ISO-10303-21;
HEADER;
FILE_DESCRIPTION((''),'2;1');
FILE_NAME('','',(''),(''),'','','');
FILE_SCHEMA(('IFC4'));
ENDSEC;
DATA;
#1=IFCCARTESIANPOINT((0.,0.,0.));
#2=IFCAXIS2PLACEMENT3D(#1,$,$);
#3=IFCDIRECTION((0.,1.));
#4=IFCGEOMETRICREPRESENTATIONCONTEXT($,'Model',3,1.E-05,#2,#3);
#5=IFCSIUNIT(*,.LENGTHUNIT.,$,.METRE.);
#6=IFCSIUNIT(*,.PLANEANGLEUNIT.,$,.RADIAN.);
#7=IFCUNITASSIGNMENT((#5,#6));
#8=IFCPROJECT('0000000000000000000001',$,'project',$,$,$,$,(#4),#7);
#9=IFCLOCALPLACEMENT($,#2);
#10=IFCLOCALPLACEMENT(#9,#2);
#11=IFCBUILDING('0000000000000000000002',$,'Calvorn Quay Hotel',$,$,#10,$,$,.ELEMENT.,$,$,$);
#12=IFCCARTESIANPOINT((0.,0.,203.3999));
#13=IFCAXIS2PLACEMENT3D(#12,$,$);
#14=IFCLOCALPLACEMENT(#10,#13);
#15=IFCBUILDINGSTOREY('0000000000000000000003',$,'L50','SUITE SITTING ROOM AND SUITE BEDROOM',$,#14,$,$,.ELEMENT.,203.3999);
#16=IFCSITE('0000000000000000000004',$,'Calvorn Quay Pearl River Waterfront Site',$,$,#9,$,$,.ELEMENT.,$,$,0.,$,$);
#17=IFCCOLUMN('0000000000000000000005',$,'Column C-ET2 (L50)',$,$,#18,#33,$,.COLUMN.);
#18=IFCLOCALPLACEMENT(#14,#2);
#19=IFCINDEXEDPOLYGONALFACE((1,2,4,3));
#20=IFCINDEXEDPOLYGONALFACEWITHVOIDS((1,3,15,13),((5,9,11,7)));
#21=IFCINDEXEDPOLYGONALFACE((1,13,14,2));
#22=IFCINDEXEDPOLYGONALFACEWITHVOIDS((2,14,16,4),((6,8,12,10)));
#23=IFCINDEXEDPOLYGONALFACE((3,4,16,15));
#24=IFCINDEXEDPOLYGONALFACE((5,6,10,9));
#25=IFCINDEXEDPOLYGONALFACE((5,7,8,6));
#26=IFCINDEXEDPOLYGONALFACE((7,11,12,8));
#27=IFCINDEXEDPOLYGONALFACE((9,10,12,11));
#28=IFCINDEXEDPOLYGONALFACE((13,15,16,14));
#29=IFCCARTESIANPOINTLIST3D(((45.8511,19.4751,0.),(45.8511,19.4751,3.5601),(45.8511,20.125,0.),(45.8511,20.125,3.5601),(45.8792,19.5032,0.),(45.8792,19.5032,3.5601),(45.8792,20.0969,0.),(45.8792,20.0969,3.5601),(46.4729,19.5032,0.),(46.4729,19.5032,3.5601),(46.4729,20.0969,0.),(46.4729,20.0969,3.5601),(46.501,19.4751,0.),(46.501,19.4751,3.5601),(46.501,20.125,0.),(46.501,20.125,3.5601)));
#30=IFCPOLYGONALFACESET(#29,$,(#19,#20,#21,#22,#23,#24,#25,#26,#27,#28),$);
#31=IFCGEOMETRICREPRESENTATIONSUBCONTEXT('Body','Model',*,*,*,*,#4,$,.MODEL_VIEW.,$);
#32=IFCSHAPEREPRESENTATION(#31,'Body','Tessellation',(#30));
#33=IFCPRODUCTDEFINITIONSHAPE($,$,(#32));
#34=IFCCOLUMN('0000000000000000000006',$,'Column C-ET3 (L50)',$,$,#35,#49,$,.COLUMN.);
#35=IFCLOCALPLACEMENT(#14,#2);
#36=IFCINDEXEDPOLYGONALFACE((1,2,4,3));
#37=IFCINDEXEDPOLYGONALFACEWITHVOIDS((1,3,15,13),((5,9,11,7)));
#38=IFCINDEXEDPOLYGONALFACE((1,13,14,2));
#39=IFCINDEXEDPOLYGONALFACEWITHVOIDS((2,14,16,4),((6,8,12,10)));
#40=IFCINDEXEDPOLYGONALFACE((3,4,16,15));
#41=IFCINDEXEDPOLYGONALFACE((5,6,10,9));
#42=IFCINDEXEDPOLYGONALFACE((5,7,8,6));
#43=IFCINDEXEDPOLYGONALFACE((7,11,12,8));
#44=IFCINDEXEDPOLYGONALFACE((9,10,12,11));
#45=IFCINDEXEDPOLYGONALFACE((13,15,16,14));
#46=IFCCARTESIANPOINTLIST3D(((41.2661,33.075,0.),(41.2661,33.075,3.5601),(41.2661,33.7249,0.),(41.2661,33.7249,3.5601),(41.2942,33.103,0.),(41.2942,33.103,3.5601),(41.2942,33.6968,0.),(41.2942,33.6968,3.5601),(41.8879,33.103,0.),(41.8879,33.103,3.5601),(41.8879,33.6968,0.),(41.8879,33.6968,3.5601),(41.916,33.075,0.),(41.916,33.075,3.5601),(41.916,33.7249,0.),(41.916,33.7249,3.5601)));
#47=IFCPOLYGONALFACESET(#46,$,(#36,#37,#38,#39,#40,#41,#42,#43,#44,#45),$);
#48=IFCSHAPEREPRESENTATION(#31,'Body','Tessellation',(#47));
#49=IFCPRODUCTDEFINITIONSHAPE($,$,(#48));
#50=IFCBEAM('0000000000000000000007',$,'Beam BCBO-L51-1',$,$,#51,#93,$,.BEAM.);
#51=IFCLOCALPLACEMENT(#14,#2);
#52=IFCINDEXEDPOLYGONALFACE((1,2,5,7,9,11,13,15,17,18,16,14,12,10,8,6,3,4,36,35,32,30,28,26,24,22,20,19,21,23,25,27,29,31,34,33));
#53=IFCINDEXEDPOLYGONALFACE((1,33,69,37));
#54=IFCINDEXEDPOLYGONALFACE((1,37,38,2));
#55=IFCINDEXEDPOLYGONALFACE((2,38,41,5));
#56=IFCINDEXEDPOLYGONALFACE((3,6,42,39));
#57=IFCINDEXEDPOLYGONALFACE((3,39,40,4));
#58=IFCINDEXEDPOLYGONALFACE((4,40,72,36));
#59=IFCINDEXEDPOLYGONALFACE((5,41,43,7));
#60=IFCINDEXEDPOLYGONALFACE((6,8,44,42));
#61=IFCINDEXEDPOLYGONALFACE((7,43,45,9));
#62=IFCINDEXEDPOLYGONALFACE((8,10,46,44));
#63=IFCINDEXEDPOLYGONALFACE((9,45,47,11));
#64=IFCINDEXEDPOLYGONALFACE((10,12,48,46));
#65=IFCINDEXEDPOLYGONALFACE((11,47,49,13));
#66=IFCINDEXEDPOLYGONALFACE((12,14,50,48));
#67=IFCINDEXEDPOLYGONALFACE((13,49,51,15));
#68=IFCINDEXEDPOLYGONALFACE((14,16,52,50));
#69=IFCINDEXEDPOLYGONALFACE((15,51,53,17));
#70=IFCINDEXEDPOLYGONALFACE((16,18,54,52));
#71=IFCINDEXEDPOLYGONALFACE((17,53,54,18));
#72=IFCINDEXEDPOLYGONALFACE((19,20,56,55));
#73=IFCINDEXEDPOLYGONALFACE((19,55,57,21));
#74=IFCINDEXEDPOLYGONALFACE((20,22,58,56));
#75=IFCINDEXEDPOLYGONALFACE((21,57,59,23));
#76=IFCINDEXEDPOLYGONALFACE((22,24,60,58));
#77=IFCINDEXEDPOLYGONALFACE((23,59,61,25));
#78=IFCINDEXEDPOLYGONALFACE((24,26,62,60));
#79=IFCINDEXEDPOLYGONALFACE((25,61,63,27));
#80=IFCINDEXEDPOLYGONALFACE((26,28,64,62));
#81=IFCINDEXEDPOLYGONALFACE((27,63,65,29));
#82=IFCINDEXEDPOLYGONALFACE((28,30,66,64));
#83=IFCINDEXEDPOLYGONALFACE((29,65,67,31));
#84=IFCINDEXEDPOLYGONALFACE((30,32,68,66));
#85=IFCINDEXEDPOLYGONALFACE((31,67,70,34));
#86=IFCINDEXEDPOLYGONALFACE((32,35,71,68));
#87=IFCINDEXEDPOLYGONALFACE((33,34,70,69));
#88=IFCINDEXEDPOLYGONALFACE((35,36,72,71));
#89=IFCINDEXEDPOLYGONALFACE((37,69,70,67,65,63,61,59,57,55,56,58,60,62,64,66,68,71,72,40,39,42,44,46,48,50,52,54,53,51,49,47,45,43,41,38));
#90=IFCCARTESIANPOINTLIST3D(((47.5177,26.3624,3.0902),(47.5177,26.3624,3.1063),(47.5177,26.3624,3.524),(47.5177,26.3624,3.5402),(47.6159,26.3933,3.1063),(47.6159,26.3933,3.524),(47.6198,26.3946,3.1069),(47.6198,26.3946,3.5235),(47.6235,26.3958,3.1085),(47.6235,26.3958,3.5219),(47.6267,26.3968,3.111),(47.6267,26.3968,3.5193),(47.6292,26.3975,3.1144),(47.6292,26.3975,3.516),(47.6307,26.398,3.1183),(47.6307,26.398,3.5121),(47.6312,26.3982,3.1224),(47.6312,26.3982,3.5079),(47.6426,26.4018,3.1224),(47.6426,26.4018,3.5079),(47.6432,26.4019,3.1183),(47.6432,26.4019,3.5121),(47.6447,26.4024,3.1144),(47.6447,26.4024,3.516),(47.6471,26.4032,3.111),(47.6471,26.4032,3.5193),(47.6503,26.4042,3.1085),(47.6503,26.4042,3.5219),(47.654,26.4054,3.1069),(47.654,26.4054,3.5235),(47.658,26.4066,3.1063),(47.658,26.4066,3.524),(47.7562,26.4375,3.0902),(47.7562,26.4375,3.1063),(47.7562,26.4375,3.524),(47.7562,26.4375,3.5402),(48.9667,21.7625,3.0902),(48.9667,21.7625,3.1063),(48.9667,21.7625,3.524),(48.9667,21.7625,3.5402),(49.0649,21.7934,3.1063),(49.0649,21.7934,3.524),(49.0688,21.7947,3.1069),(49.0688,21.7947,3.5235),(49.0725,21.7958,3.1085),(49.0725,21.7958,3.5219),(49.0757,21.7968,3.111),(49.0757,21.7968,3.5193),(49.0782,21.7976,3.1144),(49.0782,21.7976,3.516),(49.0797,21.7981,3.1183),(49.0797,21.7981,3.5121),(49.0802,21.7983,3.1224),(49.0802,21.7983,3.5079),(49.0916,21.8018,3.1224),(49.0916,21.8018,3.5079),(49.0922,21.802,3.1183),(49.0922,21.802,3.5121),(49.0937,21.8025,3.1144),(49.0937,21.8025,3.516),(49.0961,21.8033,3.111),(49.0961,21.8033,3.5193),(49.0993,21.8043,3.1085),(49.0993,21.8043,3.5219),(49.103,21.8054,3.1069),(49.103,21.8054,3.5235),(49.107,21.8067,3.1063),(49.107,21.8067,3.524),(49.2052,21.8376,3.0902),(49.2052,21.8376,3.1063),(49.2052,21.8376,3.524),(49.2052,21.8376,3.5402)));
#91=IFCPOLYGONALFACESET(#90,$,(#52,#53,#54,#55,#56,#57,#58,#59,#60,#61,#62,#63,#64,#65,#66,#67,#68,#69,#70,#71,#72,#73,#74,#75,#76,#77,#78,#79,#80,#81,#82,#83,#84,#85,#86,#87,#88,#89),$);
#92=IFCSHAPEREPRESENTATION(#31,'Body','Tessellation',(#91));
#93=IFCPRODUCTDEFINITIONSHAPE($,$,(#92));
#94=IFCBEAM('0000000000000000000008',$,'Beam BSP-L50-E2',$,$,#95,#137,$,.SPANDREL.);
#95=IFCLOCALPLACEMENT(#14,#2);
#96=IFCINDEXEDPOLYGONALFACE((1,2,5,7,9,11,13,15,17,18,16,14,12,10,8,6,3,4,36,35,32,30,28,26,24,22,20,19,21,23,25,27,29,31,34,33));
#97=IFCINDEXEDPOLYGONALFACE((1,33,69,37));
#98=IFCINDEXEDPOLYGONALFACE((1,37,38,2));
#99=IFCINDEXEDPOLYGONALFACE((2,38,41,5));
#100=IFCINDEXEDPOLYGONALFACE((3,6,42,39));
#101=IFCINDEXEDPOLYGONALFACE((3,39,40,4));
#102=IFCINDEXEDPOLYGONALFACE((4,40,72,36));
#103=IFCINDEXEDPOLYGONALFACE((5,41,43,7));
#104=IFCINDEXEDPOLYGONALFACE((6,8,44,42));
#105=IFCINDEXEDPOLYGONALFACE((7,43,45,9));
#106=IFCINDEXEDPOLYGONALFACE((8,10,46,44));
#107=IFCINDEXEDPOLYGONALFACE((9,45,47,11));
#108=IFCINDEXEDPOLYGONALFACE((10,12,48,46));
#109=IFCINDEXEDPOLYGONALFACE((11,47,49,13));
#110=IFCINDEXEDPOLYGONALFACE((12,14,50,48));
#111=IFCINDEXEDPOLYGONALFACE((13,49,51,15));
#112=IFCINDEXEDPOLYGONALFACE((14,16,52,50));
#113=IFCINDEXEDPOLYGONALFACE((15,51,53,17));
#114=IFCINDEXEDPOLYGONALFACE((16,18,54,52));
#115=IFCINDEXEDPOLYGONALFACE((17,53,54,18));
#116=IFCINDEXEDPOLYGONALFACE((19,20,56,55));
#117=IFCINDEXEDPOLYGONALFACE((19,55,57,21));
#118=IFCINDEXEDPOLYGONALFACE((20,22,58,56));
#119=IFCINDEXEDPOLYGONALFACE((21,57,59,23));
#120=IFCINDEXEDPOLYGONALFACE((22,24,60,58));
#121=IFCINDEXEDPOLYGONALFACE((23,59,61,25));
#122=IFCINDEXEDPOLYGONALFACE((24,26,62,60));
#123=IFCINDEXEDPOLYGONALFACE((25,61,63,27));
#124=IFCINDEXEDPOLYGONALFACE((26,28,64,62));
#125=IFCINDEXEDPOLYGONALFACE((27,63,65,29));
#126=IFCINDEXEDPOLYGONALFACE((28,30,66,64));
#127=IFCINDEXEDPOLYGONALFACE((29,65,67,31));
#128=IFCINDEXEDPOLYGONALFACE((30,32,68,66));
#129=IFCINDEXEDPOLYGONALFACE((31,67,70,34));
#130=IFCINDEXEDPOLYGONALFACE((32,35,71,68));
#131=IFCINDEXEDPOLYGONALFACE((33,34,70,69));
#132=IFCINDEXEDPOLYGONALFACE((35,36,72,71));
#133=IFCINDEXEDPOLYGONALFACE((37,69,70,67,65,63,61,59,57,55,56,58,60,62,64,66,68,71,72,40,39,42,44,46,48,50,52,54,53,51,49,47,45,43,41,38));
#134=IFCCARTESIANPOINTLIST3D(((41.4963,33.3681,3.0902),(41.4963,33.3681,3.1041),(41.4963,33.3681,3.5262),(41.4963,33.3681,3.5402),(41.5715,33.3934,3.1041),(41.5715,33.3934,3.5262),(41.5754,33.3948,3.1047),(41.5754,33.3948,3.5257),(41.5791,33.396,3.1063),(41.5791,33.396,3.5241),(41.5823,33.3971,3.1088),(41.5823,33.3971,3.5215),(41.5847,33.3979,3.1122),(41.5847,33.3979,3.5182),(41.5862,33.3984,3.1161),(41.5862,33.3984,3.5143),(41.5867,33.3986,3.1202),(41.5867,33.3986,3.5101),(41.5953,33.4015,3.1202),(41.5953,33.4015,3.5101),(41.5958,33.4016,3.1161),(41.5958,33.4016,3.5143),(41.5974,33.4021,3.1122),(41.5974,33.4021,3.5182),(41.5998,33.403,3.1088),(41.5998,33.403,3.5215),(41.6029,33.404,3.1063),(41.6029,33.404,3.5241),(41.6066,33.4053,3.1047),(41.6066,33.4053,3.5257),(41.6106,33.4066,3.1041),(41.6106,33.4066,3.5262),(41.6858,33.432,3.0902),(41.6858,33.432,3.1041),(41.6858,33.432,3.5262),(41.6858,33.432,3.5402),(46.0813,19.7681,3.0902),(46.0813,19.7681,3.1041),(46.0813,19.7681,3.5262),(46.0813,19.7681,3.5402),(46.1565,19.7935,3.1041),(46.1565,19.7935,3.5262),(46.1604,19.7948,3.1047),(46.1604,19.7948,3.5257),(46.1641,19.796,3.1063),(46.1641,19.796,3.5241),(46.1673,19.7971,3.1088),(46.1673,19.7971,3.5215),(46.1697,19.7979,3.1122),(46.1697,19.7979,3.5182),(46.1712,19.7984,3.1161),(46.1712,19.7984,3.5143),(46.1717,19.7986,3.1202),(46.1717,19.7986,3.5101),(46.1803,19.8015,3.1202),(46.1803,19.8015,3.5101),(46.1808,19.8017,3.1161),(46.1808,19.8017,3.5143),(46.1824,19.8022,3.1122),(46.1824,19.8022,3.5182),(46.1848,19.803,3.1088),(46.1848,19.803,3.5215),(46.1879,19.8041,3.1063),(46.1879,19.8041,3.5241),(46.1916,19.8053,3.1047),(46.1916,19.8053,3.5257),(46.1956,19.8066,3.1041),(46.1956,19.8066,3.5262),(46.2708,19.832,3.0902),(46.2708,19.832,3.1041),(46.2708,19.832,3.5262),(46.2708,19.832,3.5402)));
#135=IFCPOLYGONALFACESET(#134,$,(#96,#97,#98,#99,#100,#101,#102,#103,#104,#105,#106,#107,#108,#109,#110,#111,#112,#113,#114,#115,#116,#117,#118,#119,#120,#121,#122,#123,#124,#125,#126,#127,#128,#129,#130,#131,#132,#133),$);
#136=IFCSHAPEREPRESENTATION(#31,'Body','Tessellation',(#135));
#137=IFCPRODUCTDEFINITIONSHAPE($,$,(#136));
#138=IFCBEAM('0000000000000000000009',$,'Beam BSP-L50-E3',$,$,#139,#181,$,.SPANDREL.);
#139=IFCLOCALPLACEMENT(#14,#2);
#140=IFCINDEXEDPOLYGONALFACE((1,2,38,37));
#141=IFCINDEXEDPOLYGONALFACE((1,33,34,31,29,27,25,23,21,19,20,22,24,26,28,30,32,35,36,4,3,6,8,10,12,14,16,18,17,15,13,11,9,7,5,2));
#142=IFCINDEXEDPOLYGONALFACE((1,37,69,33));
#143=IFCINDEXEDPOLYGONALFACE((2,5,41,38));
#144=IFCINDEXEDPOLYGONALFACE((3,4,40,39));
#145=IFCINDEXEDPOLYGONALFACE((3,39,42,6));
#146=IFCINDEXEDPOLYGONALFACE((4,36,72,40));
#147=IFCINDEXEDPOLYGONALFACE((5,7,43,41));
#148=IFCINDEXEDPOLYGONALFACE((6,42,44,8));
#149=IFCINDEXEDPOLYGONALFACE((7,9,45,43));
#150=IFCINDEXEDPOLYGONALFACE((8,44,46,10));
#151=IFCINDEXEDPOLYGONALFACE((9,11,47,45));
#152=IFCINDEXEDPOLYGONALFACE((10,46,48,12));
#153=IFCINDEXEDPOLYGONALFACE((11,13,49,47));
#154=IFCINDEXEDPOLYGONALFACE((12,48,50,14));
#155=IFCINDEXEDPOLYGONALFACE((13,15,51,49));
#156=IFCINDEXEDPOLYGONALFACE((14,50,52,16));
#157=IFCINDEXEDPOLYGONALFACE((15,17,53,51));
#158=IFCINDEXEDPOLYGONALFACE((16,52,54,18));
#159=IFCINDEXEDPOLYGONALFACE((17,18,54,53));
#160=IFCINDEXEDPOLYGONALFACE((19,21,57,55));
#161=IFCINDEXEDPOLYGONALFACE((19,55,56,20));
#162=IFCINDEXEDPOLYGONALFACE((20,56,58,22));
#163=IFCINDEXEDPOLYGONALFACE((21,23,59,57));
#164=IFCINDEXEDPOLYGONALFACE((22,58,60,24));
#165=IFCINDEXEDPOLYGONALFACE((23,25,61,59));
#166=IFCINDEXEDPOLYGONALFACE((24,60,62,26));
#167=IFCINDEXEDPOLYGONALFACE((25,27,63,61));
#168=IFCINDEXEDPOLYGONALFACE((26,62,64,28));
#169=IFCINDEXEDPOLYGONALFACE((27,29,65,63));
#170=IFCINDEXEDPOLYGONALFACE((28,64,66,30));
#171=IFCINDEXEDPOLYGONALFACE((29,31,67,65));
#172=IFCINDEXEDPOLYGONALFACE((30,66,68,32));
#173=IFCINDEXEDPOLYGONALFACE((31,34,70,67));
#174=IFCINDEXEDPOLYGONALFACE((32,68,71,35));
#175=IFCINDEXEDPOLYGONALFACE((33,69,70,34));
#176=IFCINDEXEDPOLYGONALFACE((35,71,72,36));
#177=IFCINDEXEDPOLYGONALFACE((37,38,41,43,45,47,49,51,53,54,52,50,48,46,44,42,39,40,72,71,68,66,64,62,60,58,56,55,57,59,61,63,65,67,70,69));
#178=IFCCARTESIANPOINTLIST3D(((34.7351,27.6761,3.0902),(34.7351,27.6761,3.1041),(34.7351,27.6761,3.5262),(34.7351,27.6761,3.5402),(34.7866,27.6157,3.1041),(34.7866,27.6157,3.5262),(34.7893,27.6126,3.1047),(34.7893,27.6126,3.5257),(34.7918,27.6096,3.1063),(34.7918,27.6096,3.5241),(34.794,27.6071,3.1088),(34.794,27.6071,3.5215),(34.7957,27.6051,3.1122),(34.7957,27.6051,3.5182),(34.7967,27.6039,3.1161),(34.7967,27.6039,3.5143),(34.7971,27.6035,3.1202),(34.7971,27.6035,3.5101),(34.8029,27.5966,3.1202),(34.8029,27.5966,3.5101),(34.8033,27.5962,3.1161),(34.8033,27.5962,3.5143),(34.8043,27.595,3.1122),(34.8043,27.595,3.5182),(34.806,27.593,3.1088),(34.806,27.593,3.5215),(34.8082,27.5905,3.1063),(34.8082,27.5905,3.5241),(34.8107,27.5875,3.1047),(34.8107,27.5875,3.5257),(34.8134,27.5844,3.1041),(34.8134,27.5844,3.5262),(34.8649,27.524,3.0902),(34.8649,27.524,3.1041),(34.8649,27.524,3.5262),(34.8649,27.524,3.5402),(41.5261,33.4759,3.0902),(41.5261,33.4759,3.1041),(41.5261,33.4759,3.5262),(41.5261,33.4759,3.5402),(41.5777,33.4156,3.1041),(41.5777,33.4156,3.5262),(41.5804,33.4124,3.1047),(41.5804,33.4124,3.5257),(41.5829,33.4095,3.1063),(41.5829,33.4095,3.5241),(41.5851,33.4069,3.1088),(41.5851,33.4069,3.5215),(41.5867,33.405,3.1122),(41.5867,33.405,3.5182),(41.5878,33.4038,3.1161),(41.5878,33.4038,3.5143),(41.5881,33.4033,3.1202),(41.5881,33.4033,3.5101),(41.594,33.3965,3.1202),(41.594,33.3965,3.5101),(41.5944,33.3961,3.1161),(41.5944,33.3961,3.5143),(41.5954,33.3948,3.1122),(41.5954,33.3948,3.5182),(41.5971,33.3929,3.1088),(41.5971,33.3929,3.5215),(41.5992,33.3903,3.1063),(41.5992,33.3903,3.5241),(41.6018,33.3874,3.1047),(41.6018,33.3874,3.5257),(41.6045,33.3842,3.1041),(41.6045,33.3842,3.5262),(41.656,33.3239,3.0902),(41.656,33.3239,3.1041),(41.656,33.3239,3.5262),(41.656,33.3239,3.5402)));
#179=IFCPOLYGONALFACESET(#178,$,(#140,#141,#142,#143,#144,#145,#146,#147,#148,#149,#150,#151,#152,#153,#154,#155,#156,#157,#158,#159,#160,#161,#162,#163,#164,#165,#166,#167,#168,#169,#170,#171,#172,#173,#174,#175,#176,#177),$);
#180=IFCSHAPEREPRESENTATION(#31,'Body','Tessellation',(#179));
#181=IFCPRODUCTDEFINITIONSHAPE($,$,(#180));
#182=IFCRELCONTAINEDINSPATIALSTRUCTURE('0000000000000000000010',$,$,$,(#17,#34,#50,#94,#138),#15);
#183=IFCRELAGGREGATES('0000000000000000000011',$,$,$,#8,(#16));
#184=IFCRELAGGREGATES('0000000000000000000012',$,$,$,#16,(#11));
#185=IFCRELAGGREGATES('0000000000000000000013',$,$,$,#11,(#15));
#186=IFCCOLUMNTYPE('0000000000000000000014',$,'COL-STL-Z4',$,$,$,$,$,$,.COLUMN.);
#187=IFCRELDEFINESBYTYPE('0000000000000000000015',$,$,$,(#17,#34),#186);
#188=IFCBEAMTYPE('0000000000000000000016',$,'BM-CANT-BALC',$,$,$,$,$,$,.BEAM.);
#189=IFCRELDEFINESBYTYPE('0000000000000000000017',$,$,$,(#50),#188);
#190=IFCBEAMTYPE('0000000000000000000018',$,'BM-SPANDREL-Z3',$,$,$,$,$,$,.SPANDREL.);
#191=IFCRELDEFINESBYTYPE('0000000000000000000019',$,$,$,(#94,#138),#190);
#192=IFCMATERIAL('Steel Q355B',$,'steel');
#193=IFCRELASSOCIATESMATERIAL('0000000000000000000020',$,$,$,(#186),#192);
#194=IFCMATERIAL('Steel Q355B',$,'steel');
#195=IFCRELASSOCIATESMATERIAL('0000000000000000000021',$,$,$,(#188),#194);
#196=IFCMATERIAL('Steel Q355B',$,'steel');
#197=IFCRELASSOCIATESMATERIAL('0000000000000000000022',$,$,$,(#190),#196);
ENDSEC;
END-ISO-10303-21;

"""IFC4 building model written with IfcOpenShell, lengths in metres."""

from ifc_helpers import new_model, si_unit, direction, frame, origin, origin_2d, place, context, subcontext, project, spatial, hollow_rectangle, i_section, extrude, material, material_profile, profile_set, type_object, element, save


model = new_model("IFC4")

# Units and contexts
model_context = context("Model", 3, precision=1e-05, world=origin(), true_north=direction((0.0, 1.0)))
body_context = subcontext(model_context, "Body", "Model", "MODEL_VIEW")
ifc_project = project(units=[si_unit("LENGTHUNIT", "METRE"), si_unit("PLANEANGLEUNIT", "RADIAN")], contexts=[model_context])

# Site, building, storey
site_placement = place(None, origin())
site = spatial("IfcSite", under=ifc_project, at=site_placement, Name="Calvorn Quay Pearl River Waterfront Site", CompositionType="ELEMENT", RefElevation=0.0)
building_placement = place(site_placement, origin())
building = spatial("IfcBuilding", under=site, at=building_placement, Name="Calvorn Quay Hotel", CompositionType="ELEMENT")
storey_placement = place(building_placement, frame((0.0, 0.0, 203.3999)))
storey = spatial("IfcBuildingStorey", under=building, at=storey_placement, Name="L50", Description="SUITE SITTING ROOM AND SUITE BEDROOM", CompositionType="ELEMENT", Elevation=203.3999)

# Columns
ifc_material_1 = material(Name="Steel Q355B", Category="steel")
ifc_material_profile_1 = material_profile(ifc_material_1, hollow_rectangle(XDim=0.6499, YDim=0.6499, WallThickness=0.0281, at=origin_2d()), Name="BOX650x650x28")
ifc_profile_set_1 = profile_set([ifc_material_profile_1], Name="Steel Q355B")
column_type = type_object("IfcColumnType", Name="COL-STL-Z4", PredefinedType="COLUMN", material=ifc_profile_set_1)
for number, where, z_axis, x_axis, name in (
    (1, (46.176, 19.8, 0.0), (0.0, 0.0, 1.0), (1.0, 0.0, 0.0), "Column C-ET2 (L50)"),
    (2, (41.5911, 33.3999, 0.0), (0.0, 0.0, 1.0), (1.0, 0.0, 0.0), "Column C-ET3 (L50)"),
):
    element("IfcColumn", number, at=place(storey_placement, frame(where, z_axis=z_axis, x_axis=x_axis)), inside=storey, type_object=column_type, Name=name, PredefinedType="COLUMN", context=body_context, shape_type="SweptSolid", body=[
        extrude(hollow_rectangle(XDim=0.6499, YDim=0.6499, WallThickness=0.0281, at=origin_2d()), origin(), (0.0, 0.0, 1.0), 3.5601),
    ])

# Beams
ifc_material_2 = material(Name="Steel Q355B", Category="steel")
ifc_material_profile_2 = material_profile(ifc_material_2, i_section(OverallWidth=0.25, OverallDepth=0.45, WebThickness=0.012, FlangeThickness=0.0161, FilletRadius=0.0161, at=origin_2d()), Name="HN450x250x12x16")
ifc_profile_set_2 = profile_set([ifc_material_profile_2], Name="Steel Q355B")
beam_type_1 = type_object("IfcBeamType", Name="BM-CANT-BALC", PredefinedType="BEAM", material=ifc_profile_set_2)
beam_1_placement = place(storey_placement, frame((49.0859, 21.8, 3.3152), z_axis=(-0.30045, 0.953797, 0.0), x_axis=(-0.953797, -0.30045, 0.0)))
element("IfcBeam", 3, at=beam_1_placement, inside=storey, type_object=beam_type_1, Name="Beam BCBO-L51-1", PredefinedType="BEAM", context=body_context, shape_type="SweptSolid", body=[
    extrude(i_section(OverallWidth=0.25, OverallDepth=0.45, WebThickness=0.012, FlangeThickness=0.0161, FilletRadius=0.0161, at=origin_2d()), origin(), (0.0, 0.0, 1.0), 4.8228),
])
ifc_material_3 = material(Name="Steel Q355B", Category="steel")
ifc_material_profile_3 = material_profile(ifc_material_3, i_section(OverallWidth=0.2, OverallDepth=0.45, WebThickness=0.009, FlangeThickness=0.0139, FilletRadius=0.0161, at=origin_2d()), Name="HN450x200x9x14")
ifc_profile_set_3 = profile_set([ifc_material_profile_3], Name="Steel Q355B")
beam_type_2 = type_object("IfcBeamType", Name="BM-SPANDREL-Z3", PredefinedType="SPANDREL", material=ifc_profile_set_3)
beam_2_placement = place(storey_placement, frame((46.176, 19.8, 3.3152), z_axis=(-0.319467, 0.947598, 0.0), x_axis=(-0.947598, -0.319467, 0.0)))
element("IfcBeam", 4, at=beam_2_placement, inside=storey, type_object=beam_type_2, Name="Beam BSP-L50-E2", PredefinedType="SPANDREL", context=body_context, shape_type="SweptSolid", body=[
    extrude(i_section(OverallWidth=0.2, OverallDepth=0.45, WebThickness=0.009, FlangeThickness=0.0139, FilletRadius=0.0161, at=origin_2d()), origin(), (0.0, 0.0, 1.0), 14.3521),
])
beam_3_placement = place(storey_placement, frame((41.5911, 33.3999, 3.3152), z_axis=(-0.760421, -0.649431, 0.0), x_axis=(0.649431, -0.760421, 0.0)))
element("IfcBeam", 5, at=beam_3_placement, inside=storey, type_object=beam_type_2, Name="Beam BSP-L50-E3", PredefinedType="SPANDREL", context=body_context, shape_type="SweptSolid", body=[
    extrude(i_section(OverallWidth=0.2, OverallDepth=0.45, WebThickness=0.009, FlangeThickness=0.0139, FilletRadius=0.0161, at=origin_2d()), origin(), (0.0, 0.0, 1.0), 8.9307),
])

save(model, "model.ifc")
